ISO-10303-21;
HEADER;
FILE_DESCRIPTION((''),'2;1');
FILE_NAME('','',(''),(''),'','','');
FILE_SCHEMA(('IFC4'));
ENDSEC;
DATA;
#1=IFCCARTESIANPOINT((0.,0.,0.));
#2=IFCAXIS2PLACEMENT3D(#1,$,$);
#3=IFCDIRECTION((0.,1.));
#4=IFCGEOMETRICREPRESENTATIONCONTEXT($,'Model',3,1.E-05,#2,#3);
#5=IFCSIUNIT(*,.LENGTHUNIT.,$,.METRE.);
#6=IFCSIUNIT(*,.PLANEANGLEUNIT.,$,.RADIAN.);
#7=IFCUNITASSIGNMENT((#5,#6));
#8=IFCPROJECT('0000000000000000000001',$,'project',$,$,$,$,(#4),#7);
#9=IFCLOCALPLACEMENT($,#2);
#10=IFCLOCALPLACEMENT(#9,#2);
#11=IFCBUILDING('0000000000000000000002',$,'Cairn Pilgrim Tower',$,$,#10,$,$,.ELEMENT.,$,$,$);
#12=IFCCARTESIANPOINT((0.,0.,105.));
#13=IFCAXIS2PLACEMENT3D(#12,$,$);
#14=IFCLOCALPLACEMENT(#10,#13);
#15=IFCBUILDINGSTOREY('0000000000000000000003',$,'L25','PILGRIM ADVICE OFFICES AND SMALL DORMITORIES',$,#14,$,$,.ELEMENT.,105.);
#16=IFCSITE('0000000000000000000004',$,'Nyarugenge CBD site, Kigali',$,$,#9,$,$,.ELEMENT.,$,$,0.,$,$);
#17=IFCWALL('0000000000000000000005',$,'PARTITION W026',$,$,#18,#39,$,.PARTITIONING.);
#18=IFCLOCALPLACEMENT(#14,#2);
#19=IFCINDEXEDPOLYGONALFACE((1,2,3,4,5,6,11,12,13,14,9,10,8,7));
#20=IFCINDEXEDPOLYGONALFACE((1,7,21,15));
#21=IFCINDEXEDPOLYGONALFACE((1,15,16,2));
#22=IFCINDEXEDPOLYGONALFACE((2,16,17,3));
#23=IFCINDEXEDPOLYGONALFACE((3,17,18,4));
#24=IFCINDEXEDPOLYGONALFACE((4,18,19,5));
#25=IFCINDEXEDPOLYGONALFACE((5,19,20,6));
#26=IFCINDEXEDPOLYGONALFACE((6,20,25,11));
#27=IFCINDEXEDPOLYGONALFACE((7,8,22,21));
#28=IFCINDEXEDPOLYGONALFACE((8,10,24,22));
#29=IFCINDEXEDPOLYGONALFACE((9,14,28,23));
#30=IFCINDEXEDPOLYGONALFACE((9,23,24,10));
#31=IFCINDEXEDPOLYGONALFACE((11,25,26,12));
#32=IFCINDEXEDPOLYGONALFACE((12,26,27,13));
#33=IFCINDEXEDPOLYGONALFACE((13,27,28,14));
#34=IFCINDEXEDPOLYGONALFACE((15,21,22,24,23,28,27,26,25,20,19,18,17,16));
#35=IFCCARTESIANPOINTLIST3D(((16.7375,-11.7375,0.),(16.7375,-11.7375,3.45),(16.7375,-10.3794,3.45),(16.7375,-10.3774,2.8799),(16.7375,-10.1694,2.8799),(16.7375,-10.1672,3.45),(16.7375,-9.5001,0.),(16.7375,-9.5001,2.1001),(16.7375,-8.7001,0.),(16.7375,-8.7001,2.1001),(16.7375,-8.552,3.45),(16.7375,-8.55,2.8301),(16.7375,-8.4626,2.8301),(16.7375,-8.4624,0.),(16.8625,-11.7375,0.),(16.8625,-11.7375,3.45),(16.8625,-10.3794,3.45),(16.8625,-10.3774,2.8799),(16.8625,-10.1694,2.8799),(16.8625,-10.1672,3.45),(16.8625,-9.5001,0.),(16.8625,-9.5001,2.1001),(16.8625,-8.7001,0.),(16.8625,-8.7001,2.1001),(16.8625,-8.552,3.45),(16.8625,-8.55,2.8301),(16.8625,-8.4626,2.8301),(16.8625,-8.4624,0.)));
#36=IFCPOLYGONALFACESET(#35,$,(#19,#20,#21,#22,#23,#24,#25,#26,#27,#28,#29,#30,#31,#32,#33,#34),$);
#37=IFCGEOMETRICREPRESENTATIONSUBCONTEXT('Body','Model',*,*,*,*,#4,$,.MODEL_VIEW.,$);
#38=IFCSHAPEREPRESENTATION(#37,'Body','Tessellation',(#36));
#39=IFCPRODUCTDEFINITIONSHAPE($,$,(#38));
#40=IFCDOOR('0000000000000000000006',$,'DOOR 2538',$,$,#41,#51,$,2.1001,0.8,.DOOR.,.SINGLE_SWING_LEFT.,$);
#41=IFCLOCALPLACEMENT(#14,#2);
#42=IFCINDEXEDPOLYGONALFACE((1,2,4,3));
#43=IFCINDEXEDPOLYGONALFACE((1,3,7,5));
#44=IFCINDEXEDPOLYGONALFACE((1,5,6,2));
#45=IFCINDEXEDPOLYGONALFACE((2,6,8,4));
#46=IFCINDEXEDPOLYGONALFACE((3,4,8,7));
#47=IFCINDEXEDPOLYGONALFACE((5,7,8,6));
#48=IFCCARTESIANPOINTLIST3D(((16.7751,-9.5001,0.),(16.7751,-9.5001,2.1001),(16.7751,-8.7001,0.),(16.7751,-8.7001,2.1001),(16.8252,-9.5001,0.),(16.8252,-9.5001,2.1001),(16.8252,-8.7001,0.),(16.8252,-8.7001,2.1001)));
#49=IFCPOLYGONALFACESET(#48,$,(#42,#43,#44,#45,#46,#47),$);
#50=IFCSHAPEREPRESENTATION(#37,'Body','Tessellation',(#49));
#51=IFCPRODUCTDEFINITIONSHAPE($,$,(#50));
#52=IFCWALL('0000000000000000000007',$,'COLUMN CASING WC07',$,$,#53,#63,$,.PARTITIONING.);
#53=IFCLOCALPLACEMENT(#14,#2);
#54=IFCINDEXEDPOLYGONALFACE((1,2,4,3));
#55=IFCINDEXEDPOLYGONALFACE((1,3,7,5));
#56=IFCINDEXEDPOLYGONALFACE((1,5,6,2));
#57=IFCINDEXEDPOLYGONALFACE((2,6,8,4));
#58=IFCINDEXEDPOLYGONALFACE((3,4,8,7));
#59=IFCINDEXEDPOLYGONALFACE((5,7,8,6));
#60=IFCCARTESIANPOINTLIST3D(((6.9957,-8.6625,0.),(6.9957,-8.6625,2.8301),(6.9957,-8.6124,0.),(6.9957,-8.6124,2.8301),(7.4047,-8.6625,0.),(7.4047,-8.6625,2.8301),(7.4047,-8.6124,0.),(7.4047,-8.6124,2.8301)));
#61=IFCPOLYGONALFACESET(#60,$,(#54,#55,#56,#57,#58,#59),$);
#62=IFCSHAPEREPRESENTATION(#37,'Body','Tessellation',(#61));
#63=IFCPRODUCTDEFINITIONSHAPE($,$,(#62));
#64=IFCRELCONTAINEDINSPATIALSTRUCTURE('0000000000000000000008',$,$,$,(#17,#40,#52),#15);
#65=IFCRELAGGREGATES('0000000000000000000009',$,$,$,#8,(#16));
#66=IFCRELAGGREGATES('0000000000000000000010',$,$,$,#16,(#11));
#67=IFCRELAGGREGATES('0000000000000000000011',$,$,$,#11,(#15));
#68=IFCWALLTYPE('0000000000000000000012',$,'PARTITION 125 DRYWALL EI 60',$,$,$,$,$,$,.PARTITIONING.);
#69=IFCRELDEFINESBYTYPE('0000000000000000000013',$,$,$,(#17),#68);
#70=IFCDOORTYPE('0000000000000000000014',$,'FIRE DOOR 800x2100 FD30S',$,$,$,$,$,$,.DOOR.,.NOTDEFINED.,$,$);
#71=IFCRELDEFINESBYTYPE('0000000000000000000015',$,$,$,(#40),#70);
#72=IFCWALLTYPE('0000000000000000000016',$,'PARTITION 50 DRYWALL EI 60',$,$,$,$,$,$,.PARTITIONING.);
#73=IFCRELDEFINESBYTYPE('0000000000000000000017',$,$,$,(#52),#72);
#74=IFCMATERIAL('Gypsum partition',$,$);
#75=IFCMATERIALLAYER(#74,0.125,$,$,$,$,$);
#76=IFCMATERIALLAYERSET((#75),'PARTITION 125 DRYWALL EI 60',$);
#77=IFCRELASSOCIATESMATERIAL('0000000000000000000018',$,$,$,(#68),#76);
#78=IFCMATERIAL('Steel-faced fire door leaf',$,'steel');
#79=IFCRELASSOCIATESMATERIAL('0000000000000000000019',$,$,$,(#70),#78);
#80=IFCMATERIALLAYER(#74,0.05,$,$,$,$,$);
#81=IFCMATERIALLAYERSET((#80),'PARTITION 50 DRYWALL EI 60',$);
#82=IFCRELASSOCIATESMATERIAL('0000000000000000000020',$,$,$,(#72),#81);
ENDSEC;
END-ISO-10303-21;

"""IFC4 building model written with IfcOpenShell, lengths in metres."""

from ifc_helpers import new_model, si_unit, direction, frame, frame_2d, origin, place, context, subcontext, project, spatial, polyline, rectangle, outline, extrude, material, layer, layer_set, type_object, element, fill, save


model = new_model("IFC4")

# Units and contexts
model_context = context("Model", 3, precision=1e-05, world=origin(), true_north=direction((0.0, 1.0)))
body_context = subcontext(model_context, "Body", "Model", "MODEL_VIEW")
ifc_project = project(units=[si_unit("LENGTHUNIT", "METRE"), si_unit("PLANEANGLEUNIT", "RADIAN")], contexts=[model_context])

# Site, building, storey
site_placement = place(None, origin())
site = spatial("IfcSite", under=ifc_project, at=site_placement, Name="Nyarugenge CBD site, Kigali", CompositionType="ELEMENT", RefElevation=0.0)
building_placement = place(site_placement, origin())
building = spatial("IfcBuilding", under=site, at=building_placement, Name="Cairn Pilgrim Tower", CompositionType="ELEMENT")
storey_placement = place(building_placement, frame((0.0, 0.0, 105.0)))
storey = spatial("IfcBuildingStorey", under=building, at=storey_placement, Name="L25", Description="PILGRIM ADVICE OFFICES AND SMALL DORMITORIES", CompositionType="ELEMENT", Elevation=105.0)

# Shared definitions
ifc_material_1 = material(Name="Gypsum partition")
ifc_layer_1 = layer(ifc_material_1, 0.125)
ifc_layer_set_1 = layer_set([ifc_layer_1], Name="PARTITION 125 DRYWALL EI 60")
wall_type_1 = type_object("IfcWallType", Name="PARTITION 125 DRYWALL EI 60", PredefinedType="PARTITIONING", material=ifc_layer_set_1)

# Wall, opening, door
wall_1_placement = place(storey_placement, frame((16.8, -11.7375, 0.0), z_axis=(0.0, 0.0, 1.0), x_axis=(0.0, 1.0, 0.0)))
wall_1 = element("IfcWall", 1, at=wall_1_placement, inside=storey, type_object=wall_type_1, Name="PARTITION W026", PredefinedType="PARTITIONING", context=body_context, shape_type="SweptSolid", body=[
    extrude(outline(polyline([(0.0, 0.0), (3.2751, 0.0), (3.2749, 2.8301), (3.1875, 2.8301), (3.1855, 3.45), (1.5703, 3.45), (1.5681, 2.8799), (1.3601, 2.8799), (1.3582, 3.45), (0.0, 3.45), (0.0, 0.0)])), frame((0.0, 0.0625, 0.0), z_axis=(0.0, -1.0, 0.0), x_axis=(1.0, 0.0, 0.0)), (0.0, 0.0, 1.0), 0.125),
])
opening_1_placement = place(wall_1_placement, frame((2.2375, 0.0, 0.0)))
opening_1 = element("IfcOpeningElement", 2, at=opening_1_placement, cuts=wall_1, PredefinedType="OPENING", context=body_context, shape_type="SweptSolid", body=[
    extrude(rectangle(XDim=0.8, YDim=2.1001, at=frame_2d((0.3999, 1.05))), frame((0.0, 0.0725, 0.0), z_axis=(0.0, -1.0, 0.0), x_axis=(1.0, 0.0, 0.0)), (0.0, 0.0, 1.0), 0.145),
])
ifc_material_2 = material(Name="Steel-faced fire door leaf", Category="steel")
door_type_1 = type_object("IfcDoorType", Name="FIRE DOOR 800x2100 FD30S", OperationType="NOTDEFINED", PredefinedType="DOOR", material=ifc_material_2)
door_1_placement = place(opening_1_placement, origin())
door_1 = element("IfcDoor", 3, at=door_1_placement, inside=storey, type_object=door_type_1, Name="DOOR 2538", OperationType="SINGLE_SWING_LEFT", OverallHeight=2.1001, OverallWidth=0.8, PredefinedType="DOOR", context=body_context, shape_type="SweptSolid", body=[
    extrude(rectangle(XDim=0.8, YDim=2.1001, at=frame_2d((0.3999, 1.05))), frame((0.0, 0.0249, 0.0), z_axis=(0.0, -1.0, 0.0), x_axis=(1.0, 0.0, 0.0)), (0.0, 0.0, 1.0), 0.05),
])
fill(opening_1, door_1)

# Wall
ifc_layer_2 = layer(ifc_material_1, 0.05)
ifc_layer_set_2 = layer_set([ifc_layer_2], Name="PARTITION 50 DRYWALL EI 60")
wall_type_2 = type_object("IfcWallType", Name="PARTITION 50 DRYWALL EI 60", PredefinedType="PARTITIONING", material=ifc_layer_set_2)
wall_2_placement = place(storey_placement, frame((6.9956, -8.6375, 0.0), z_axis=(0.0, 0.0, 1.0), x_axis=(1.0, 0.0, 0.0)))
element("IfcWall", 4, at=wall_2_placement, inside=storey, type_object=wall_type_2, Name="COLUMN CASING WC07", PredefinedType="PARTITIONING", context=body_context, shape_type="SweptSolid", body=[
    extrude(rectangle(XDim=0.4089, YDim=0.05, at=frame_2d((0.2046, 0.0))), origin(), (0.0, 0.0, 1.0), 2.8301),
])

save(model, "model.ifc")
